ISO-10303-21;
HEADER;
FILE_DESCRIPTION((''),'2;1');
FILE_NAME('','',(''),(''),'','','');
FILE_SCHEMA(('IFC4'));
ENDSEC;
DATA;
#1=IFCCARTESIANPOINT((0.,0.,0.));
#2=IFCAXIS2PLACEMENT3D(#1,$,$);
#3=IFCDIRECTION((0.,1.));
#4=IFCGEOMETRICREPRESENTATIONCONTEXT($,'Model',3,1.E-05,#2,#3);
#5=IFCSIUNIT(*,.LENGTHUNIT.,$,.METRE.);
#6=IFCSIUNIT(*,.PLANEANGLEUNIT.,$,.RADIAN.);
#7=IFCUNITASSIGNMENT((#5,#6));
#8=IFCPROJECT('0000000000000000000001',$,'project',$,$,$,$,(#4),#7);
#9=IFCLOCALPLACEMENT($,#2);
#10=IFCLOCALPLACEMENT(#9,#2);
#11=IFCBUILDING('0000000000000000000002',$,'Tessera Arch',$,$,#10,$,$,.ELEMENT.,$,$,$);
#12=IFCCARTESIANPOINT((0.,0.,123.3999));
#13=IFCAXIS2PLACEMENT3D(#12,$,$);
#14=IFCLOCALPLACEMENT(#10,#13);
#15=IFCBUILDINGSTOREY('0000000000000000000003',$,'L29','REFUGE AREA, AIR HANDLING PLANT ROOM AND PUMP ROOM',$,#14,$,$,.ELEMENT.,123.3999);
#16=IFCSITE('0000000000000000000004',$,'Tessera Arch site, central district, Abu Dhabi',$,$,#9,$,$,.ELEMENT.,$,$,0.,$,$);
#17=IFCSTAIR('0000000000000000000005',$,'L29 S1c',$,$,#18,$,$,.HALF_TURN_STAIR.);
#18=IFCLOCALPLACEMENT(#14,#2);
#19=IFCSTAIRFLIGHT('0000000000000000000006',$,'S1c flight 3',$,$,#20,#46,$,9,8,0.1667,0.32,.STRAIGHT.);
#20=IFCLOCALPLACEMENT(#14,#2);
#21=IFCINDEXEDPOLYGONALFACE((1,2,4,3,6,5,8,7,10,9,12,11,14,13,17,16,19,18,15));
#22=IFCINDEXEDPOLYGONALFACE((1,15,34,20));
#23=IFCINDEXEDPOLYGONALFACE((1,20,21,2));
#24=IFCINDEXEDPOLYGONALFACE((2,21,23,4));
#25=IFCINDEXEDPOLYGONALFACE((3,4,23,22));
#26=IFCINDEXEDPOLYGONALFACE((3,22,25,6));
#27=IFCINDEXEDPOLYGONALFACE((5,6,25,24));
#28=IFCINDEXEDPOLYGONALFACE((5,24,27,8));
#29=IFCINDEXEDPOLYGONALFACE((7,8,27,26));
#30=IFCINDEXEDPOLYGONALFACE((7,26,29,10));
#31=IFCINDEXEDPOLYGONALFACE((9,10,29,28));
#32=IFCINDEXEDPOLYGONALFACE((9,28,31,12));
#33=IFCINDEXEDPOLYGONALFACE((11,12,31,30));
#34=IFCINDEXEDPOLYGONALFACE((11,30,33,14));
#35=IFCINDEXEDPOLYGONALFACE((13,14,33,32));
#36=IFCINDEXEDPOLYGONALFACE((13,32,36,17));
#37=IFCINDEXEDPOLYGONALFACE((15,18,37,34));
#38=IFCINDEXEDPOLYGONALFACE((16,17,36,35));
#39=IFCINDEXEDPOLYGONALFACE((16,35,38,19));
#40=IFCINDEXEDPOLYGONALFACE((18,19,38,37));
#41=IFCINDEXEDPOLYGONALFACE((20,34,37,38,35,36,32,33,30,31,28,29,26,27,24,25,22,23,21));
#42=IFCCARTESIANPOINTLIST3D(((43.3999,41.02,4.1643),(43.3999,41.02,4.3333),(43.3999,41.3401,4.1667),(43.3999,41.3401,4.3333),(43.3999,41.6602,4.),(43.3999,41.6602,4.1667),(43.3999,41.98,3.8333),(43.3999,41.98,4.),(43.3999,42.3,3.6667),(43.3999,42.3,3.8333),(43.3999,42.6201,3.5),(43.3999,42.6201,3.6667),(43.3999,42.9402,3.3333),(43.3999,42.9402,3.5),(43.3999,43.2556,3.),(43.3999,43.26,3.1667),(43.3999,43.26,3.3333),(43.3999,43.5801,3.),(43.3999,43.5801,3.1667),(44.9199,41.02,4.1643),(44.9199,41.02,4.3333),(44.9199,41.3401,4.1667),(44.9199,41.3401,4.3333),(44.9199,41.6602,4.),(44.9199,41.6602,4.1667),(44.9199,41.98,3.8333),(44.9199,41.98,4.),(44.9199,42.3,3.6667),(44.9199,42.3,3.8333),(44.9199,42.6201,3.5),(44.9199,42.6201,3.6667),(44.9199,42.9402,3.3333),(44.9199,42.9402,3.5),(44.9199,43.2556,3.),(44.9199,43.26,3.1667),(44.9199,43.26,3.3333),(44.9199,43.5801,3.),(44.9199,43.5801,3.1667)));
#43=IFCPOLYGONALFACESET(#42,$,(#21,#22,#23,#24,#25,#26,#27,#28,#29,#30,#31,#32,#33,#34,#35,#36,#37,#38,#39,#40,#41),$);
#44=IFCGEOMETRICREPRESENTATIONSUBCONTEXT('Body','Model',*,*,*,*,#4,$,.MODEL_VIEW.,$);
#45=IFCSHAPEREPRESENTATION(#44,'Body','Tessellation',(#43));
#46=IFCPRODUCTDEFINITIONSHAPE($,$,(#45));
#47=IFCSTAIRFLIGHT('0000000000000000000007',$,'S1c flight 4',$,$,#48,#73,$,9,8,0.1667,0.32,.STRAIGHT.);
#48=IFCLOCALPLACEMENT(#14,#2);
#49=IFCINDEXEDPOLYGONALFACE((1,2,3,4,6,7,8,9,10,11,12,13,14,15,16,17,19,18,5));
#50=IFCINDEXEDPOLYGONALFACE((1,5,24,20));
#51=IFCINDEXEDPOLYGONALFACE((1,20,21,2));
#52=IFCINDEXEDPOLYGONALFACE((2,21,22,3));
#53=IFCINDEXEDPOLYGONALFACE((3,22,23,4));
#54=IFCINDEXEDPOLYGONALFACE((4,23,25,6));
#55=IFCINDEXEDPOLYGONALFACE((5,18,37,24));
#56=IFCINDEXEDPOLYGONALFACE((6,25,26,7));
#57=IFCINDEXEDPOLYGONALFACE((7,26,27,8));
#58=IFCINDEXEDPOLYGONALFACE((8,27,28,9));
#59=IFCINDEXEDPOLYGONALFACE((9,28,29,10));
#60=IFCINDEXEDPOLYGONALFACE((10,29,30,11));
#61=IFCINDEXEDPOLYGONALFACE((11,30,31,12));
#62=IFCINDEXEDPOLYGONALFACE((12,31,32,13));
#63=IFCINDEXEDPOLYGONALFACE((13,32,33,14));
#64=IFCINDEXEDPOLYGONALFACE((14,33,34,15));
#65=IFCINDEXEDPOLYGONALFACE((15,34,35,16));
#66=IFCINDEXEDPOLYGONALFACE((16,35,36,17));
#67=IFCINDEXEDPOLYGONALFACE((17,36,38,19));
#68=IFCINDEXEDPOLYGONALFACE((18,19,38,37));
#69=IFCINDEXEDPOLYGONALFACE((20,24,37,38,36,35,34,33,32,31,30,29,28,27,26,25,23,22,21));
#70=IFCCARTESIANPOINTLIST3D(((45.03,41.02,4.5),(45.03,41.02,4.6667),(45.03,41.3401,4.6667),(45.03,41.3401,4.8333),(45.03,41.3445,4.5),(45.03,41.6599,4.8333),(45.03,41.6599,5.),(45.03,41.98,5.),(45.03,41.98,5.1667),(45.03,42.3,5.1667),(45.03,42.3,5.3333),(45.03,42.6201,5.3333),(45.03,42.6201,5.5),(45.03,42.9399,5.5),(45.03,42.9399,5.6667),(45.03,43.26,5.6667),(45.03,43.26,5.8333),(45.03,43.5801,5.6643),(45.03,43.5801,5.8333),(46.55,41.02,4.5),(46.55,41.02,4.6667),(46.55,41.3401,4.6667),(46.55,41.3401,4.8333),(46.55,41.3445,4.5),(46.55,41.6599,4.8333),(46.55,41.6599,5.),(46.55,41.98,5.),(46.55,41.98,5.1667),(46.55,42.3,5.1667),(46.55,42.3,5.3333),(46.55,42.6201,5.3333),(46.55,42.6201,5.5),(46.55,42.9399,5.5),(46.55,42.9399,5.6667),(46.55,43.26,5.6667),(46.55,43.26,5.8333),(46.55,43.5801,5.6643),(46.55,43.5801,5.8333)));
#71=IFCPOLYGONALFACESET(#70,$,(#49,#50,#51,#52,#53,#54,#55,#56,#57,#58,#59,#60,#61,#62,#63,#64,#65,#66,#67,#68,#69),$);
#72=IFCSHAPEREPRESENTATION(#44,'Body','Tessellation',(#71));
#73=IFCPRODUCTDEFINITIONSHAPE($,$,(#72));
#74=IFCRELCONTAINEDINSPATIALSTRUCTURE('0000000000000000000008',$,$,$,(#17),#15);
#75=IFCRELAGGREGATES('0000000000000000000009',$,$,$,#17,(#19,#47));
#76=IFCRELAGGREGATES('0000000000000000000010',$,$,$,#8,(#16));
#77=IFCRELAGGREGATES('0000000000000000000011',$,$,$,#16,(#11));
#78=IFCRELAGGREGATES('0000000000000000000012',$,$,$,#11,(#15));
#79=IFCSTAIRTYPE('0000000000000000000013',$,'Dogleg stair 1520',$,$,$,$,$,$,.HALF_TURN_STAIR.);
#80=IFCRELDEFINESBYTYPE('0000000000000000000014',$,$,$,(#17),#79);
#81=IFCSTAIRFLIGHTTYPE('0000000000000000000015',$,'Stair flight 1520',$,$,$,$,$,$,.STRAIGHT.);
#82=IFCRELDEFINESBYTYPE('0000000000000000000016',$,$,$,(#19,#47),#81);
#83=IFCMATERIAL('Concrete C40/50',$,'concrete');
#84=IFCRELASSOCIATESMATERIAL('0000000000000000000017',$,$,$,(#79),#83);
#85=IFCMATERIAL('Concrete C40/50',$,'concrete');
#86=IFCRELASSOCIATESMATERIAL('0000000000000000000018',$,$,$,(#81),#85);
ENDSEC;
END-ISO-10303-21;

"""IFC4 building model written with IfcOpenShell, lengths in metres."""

from ifc_helpers import new_model, si_unit, direction, frame, origin, place, context, subcontext, project, spatial, polyline, outline, extrude, material, type_object, element, aggregate, save


model = new_model("IFC4")

# Units and contexts
model_context = context("Model", 3, precision=1e-05, world=origin(), true_north=direction((0.0, 1.0)))
body_context = subcontext(model_context, "Body", "Model", "MODEL_VIEW")
ifc_project = project(units=[si_unit("LENGTHUNIT", "METRE"), si_unit("PLANEANGLEUNIT", "RADIAN")], contexts=[model_context])

# Site, building, storey
site_placement = place(None, origin())
site = spatial("IfcSite", under=ifc_project, at=site_placement, Name="Tessera Arch site, central district, Abu Dhabi", CompositionType="ELEMENT", RefElevation=0.0)
building_placement = place(site_placement, origin())
building = spatial("IfcBuilding", under=site, at=building_placement, Name="Tessera Arch", CompositionType="ELEMENT")
storey_placement = place(building_placement, frame((0.0, 0.0, 123.3999)))
storey = spatial("IfcBuildingStorey", under=building, at=storey_placement, Name="L29", Description="REFUGE AREA, AIR HANDLING PLANT ROOM AND PUMP ROOM", CompositionType="ELEMENT", Elevation=123.3999)

# Stair, stair flights
ifc_material_1 = material(Name="Concrete C40/50", Category="concrete")
stair_type = type_object("IfcStairType", Name="Dogleg stair 1520", PredefinedType="HALF_TURN_STAIR", material=ifc_material_1)
stair_placement = place(storey_placement, origin())
stair = element("IfcStair", 1, at=stair_placement, inside=storey, type_object=stair_type, Name="L29 S1c", PredefinedType="HALF_TURN_STAIR")
ifc_material_2 = material(Name="Concrete C40/50", Category="concrete")
stair_flight_type = type_object("IfcStairFlightType", Name="Stair flight 1520", PredefinedType="STRAIGHT", material=ifc_material_2)
stair_flight_1_placement = place(storey_placement, frame((44.1599, 43.5801, 3.0), z_axis=(0.0, 0.0, 1.0), x_axis=(0.0, -1.0, 0.0)))
stair_flight_1 = element("IfcStairFlight", 2, at=stair_flight_1_placement, type_object=stair_flight_type, Name="S1c flight 3", NumberOfRisers=9, NumberOfTreads=8, PredefinedType="STRAIGHT", RiserHeight=0.1667, TreadLength=0.32, context=body_context, shape_type="SweptSolid", body=[
    extrude(outline(polyline([(0.0, 0.0), (0.0, 0.1667), (0.3201, 0.1667), (0.3201, 0.3333), (0.6399, 0.3333), (0.6399, 0.5), (0.96, 0.5), (0.96, 0.6667), (1.28, 0.6667), (1.28, 0.8333), (1.6001, 0.8333), (1.6001, 1.0), (1.9199, 1.0), (1.9199, 1.1667), (2.24, 1.1667), (2.24, 1.3333), (2.5601, 1.3333), (2.5601, 1.5), (2.5601, 1.1643), (0.3245, 0.0), (0.0, 0.0)])), frame((0.0, 0.76, 0.0), z_axis=(0.0, -1.0, 0.0), x_axis=(1.0, 0.0, 0.0)), (0.0, 0.0, 1.0), 1.52),
])
stair_flight_2_placement = place(storey_placement, frame((45.79, 41.02, 4.5), z_axis=(0.0, 0.0, 1.0), x_axis=(0.0, 1.0, 0.0)))
stair_flight_2 = element("IfcStairFlight", 3, at=stair_flight_2_placement, type_object=stair_flight_type, Name="S1c flight 4", NumberOfRisers=9, NumberOfTreads=8, PredefinedType="STRAIGHT", RiserHeight=0.1667, TreadLength=0.32, context=body_context, shape_type="SweptSolid", body=[
    extrude(outline(polyline([(0.0, 0.0), (0.0, 0.1667), (0.3201, 0.1667), (0.3201, 0.3333), (0.6399, 0.3333), (0.6399, 0.5), (0.96, 0.5), (0.96, 0.6667), (1.28, 0.6667), (1.28, 0.8333), (1.6001, 0.8333), (1.6001, 1.0), (1.9199, 1.0), (1.9199, 1.1667), (2.24, 1.1667), (2.24, 1.3333), (2.5601, 1.3333), (2.5601, 1.5), (2.5601, 1.1643), (0.3245, 0.0), (0.0, 0.0)])), frame((0.0, 0.76, 0.0), z_axis=(0.0, -1.0, 0.0), x_axis=(1.0, 0.0, 0.0)), (0.0, 0.0, 1.0), 1.52),
])
aggregate(stair, [stair_flight_1, stair_flight_2])

save(model, "model.ifc")
